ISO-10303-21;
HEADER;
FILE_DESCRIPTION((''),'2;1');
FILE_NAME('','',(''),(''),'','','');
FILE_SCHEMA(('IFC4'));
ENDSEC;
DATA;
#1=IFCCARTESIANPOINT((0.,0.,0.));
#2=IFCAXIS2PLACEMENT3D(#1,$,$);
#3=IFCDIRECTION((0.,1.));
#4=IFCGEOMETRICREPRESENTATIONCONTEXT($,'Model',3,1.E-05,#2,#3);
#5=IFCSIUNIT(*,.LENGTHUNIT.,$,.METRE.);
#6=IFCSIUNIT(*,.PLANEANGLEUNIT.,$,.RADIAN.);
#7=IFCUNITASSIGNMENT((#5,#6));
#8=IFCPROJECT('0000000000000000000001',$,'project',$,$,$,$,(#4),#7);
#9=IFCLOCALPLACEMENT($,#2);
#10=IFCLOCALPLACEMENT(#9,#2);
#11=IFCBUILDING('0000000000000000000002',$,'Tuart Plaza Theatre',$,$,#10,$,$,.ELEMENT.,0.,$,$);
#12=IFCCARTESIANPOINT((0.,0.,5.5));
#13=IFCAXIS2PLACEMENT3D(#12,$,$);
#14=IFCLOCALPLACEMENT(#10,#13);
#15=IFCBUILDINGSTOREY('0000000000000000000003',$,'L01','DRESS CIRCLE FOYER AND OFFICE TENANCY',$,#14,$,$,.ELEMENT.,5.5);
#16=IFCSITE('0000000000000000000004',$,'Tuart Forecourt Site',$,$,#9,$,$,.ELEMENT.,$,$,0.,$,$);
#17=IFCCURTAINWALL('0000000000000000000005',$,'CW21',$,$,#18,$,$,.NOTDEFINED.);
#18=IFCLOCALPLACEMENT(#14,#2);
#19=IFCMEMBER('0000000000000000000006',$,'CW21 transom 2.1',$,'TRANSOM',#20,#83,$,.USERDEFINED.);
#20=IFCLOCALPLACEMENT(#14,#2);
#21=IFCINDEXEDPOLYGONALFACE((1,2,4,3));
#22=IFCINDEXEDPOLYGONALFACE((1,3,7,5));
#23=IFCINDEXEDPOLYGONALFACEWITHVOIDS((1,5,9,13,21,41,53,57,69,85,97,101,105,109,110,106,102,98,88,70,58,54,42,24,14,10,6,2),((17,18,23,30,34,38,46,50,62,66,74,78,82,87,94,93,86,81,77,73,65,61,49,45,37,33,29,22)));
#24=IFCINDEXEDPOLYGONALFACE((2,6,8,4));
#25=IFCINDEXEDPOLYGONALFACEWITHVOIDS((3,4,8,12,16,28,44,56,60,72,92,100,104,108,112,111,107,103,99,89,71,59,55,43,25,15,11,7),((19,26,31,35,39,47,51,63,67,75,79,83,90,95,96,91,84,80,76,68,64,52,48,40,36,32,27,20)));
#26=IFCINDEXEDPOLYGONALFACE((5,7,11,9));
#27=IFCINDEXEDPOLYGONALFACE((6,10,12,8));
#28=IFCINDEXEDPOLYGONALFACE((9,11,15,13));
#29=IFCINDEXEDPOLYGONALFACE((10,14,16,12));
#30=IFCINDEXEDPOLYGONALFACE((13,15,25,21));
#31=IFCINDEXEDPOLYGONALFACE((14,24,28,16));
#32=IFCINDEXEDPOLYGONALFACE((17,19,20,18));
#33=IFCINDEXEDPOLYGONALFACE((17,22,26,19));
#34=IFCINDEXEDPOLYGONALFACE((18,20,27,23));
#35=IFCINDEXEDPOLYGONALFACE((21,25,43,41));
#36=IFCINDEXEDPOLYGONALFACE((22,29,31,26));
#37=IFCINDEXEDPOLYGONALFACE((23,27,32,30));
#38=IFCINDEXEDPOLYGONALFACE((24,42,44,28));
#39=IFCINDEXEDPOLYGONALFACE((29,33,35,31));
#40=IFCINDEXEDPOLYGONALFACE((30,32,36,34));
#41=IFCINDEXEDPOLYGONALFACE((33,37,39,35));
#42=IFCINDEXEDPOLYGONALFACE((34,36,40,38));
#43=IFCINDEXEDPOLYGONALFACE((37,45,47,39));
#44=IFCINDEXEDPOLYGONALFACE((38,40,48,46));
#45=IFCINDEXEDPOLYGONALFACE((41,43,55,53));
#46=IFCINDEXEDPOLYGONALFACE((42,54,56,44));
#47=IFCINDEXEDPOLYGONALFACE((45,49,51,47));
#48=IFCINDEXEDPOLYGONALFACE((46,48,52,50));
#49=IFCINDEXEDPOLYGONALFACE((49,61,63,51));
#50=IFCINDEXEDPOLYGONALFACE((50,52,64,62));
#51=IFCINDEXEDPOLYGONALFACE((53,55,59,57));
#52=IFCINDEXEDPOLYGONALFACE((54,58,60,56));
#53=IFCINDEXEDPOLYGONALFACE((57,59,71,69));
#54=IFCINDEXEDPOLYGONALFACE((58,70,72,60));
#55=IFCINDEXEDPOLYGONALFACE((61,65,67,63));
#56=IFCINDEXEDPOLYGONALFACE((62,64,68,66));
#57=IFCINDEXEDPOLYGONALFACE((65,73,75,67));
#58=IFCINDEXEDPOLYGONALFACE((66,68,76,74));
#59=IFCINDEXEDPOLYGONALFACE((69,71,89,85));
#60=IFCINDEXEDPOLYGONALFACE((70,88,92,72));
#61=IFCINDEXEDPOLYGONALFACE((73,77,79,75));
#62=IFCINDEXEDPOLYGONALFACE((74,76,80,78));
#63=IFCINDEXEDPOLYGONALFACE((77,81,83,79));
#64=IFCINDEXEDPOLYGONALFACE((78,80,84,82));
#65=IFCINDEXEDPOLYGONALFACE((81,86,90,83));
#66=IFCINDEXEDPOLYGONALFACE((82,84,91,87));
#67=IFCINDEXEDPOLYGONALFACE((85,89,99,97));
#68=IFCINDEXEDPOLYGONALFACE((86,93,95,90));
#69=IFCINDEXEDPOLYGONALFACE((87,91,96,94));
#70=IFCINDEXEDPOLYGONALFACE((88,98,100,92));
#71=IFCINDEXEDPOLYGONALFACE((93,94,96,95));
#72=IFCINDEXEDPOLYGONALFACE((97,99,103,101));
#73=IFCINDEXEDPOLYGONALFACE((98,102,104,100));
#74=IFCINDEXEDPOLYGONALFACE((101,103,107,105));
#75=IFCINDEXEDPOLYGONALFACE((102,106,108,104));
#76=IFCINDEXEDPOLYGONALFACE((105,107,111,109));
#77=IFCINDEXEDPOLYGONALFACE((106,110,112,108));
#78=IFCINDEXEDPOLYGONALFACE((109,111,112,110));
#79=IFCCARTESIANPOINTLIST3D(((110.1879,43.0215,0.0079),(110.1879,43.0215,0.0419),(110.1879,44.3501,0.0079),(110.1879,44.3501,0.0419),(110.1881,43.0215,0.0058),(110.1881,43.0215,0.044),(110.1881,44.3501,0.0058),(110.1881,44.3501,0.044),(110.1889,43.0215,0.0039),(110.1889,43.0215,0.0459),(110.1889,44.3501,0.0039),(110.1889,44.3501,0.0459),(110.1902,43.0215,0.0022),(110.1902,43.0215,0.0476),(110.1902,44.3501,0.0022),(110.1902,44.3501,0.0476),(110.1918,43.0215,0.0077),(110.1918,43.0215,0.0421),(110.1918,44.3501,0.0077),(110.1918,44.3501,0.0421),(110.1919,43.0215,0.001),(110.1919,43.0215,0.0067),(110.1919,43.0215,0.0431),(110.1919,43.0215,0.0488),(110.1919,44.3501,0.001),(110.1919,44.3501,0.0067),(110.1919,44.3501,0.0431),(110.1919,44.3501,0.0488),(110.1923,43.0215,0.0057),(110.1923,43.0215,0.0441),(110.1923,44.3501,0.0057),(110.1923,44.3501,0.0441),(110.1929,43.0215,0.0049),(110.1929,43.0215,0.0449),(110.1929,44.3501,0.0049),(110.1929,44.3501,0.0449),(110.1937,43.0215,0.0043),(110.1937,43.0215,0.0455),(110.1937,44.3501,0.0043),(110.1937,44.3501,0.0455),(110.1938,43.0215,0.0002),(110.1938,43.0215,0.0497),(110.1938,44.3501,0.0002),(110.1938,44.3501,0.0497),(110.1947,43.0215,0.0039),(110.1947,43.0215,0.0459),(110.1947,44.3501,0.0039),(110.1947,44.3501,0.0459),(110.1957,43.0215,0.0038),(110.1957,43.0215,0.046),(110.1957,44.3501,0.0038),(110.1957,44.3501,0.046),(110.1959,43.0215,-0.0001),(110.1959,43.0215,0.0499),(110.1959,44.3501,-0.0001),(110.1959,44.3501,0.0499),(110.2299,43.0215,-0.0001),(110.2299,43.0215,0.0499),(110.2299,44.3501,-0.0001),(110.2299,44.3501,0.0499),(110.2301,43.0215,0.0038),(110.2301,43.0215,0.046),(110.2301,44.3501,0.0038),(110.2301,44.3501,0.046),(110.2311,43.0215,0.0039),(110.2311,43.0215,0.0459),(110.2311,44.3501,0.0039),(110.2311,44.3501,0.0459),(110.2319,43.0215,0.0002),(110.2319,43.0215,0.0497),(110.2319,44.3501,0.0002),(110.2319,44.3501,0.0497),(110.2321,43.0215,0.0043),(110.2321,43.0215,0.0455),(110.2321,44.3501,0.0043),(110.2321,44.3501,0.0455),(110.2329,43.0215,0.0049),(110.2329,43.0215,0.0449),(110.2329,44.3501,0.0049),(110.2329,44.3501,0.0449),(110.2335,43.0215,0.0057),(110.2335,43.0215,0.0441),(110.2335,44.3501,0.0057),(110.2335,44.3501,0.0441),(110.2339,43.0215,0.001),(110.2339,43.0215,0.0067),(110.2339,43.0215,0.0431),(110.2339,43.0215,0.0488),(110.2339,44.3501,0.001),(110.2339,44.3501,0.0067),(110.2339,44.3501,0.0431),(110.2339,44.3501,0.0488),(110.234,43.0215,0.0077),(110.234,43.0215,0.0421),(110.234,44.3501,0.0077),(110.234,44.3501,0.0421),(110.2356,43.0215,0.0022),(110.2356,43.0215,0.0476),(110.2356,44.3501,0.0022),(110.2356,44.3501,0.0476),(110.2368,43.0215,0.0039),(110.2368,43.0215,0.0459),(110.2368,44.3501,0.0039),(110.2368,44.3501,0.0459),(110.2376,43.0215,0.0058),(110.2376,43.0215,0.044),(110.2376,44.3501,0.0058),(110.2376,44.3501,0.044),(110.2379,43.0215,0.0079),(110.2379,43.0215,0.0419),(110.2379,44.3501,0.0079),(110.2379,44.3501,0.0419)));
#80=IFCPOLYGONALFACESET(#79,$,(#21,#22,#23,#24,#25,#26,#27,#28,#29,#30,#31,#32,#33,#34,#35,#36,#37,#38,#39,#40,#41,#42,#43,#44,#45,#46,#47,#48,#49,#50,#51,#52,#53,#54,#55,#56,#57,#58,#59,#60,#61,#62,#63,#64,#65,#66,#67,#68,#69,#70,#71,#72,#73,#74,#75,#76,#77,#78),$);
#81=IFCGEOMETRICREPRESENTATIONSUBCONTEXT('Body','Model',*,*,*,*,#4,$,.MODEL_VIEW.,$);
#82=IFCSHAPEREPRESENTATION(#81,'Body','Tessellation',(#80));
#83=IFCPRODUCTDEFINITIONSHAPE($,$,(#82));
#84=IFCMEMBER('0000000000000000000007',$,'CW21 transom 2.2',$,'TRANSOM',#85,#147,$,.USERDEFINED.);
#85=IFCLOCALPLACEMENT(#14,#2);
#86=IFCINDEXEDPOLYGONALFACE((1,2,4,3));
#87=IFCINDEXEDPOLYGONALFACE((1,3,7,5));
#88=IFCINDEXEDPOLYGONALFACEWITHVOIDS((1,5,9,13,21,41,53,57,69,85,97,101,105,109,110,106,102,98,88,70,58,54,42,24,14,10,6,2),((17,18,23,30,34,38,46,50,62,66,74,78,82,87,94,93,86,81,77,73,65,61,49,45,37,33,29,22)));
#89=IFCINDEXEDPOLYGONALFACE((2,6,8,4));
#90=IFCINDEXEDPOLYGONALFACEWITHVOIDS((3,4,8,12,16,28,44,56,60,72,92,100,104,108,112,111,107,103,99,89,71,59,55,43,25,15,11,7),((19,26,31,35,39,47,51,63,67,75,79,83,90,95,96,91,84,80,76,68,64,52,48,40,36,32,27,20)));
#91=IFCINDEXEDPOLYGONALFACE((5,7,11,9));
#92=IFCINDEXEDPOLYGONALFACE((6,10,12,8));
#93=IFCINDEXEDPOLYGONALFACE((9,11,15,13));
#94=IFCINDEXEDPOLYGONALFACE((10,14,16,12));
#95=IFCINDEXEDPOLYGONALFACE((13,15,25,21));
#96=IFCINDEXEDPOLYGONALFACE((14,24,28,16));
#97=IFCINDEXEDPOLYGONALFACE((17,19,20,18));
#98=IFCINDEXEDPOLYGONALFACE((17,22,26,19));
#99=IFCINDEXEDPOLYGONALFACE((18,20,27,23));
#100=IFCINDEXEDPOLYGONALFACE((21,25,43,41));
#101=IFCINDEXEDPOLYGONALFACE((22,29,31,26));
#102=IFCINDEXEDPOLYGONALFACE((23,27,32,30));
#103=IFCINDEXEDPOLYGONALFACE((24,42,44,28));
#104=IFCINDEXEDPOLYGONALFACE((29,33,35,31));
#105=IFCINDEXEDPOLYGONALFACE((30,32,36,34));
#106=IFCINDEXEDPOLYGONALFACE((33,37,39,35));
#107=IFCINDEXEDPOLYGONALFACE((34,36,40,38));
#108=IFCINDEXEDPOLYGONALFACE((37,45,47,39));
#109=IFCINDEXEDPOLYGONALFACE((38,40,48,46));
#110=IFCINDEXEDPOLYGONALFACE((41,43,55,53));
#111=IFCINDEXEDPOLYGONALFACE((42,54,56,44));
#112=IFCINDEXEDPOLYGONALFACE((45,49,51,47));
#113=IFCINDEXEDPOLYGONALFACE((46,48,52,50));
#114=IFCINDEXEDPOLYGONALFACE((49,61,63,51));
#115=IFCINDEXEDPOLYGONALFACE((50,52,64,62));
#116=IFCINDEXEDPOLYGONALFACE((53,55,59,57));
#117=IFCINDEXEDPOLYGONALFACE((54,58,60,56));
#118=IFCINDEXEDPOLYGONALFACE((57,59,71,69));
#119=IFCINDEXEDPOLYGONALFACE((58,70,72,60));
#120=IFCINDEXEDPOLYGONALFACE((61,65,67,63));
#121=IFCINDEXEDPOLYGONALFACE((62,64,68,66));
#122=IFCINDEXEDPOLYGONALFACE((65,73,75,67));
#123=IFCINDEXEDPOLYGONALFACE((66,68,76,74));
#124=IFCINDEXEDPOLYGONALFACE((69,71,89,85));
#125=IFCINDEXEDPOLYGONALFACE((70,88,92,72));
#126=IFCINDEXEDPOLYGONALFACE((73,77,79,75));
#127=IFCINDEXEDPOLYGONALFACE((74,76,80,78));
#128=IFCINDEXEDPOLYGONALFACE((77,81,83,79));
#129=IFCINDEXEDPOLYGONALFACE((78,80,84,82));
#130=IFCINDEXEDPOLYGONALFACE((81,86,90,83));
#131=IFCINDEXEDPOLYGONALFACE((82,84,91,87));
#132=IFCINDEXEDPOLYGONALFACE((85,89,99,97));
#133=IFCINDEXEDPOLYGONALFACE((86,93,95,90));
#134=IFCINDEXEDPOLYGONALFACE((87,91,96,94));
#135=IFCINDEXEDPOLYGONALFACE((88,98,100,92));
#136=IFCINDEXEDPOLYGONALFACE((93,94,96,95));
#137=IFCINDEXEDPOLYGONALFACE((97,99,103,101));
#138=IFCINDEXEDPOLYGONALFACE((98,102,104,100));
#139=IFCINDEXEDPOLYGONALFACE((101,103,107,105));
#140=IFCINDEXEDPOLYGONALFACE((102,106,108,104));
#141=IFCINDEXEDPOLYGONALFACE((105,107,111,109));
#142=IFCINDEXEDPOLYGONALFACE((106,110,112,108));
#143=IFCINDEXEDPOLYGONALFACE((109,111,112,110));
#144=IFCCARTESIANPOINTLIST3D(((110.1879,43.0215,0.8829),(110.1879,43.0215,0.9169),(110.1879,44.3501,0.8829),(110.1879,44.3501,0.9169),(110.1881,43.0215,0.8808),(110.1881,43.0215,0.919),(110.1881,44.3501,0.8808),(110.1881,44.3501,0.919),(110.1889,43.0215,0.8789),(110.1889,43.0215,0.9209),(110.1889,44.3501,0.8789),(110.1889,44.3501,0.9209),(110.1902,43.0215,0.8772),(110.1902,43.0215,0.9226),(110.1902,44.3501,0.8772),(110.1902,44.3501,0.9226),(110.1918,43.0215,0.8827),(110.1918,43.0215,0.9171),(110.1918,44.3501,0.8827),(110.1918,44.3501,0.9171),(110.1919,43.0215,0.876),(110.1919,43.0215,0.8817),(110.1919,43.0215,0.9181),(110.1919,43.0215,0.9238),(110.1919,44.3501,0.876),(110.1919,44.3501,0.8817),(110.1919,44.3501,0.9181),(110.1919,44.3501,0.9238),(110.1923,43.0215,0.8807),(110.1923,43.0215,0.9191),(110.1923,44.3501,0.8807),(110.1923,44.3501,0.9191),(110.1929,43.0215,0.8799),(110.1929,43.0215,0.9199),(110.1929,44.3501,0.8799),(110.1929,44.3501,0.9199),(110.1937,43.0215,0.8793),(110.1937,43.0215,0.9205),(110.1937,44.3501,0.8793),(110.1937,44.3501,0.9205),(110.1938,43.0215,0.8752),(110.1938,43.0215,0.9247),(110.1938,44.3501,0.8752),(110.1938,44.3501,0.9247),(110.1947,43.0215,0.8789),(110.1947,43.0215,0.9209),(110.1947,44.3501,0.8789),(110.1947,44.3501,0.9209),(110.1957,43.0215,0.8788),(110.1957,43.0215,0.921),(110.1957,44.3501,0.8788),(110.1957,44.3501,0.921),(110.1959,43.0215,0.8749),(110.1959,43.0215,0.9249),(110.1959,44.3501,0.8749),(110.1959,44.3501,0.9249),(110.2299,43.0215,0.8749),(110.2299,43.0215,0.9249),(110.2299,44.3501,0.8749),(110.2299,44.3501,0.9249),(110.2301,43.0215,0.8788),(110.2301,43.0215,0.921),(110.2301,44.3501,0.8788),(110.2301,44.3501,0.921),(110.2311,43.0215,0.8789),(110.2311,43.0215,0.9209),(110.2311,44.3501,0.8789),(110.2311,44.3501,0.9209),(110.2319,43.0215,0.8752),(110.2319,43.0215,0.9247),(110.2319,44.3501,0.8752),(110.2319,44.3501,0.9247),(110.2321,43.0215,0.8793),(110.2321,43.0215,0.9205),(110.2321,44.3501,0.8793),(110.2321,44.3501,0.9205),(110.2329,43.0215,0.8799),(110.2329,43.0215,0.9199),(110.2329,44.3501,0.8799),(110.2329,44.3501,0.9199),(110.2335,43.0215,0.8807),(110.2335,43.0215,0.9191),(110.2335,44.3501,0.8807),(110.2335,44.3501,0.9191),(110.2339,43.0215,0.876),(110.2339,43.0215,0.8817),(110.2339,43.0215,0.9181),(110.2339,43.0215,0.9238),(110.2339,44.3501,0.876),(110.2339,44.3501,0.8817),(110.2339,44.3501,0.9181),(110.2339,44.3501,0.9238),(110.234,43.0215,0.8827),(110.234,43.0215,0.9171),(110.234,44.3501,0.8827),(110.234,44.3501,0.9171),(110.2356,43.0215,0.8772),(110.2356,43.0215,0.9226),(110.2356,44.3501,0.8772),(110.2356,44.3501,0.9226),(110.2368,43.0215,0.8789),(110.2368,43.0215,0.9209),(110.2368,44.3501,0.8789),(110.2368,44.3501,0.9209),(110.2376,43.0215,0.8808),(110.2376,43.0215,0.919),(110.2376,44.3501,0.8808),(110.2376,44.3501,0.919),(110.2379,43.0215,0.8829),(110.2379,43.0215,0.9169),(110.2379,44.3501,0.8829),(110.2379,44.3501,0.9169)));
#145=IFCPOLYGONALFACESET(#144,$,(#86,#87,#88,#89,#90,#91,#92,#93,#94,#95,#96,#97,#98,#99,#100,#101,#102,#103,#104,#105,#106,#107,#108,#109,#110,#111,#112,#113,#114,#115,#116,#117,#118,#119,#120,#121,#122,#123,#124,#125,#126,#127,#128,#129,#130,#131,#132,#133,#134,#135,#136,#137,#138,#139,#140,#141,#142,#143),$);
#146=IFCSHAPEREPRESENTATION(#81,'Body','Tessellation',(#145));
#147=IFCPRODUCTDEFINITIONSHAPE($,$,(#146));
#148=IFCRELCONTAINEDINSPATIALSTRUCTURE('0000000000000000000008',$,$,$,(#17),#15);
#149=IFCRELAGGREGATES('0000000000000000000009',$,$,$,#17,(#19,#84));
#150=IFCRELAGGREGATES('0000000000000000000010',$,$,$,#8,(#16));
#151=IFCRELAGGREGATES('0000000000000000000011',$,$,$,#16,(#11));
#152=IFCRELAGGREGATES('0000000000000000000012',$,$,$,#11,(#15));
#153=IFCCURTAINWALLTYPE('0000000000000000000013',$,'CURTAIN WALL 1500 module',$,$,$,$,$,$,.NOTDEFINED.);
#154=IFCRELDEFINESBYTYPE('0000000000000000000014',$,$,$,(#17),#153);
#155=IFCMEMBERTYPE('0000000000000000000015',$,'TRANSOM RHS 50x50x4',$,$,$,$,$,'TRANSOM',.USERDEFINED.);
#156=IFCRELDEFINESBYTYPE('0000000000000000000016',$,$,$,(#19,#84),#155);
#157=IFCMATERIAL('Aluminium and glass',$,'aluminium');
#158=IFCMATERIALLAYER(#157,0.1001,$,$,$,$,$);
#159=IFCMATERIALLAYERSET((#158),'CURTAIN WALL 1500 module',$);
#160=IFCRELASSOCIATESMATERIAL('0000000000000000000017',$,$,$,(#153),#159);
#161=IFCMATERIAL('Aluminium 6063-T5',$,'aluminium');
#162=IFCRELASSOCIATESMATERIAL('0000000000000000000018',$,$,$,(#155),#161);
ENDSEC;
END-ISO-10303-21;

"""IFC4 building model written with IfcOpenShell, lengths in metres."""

from ifc_helpers import new_model, si_unit, direction, frame, origin, origin_2d, place, context, subcontext, project, spatial, hollow_rectangle, extrude, material, layer, layer_set, material_profile, profile_set, type_object, element, aggregate, save


model = new_model("IFC4")

# Units and contexts
model_context = context("Model", 3, precision=1e-05, world=origin(), true_north=direction((0.0, 1.0)))
body_context = subcontext(model_context, "Body", "Model", "MODEL_VIEW")
ifc_project = project(units=[si_unit("LENGTHUNIT", "METRE"), si_unit("PLANEANGLEUNIT", "RADIAN")], contexts=[model_context])

# Site, building, storey
site_placement = place(None, origin())
site = spatial("IfcSite", under=ifc_project, at=site_placement, Name="Tuart Forecourt Site", CompositionType="ELEMENT", RefElevation=0.0)
building_placement = place(site_placement, origin())
building = spatial("IfcBuilding", under=site, at=building_placement, Name="Tuart Plaza Theatre", CompositionType="ELEMENT", ElevationOfRefHeight=0.0)
storey_placement = place(building_placement, frame((0.0, 0.0, 5.5)))
storey = spatial("IfcBuildingStorey", under=building, at=storey_placement, Name="L01", Description="DRESS CIRCLE FOYER AND OFFICE TENANCY", CompositionType="ELEMENT", Elevation=5.5)

# Curtain wall, members
ifc_material_1 = material(Name="Aluminium and glass", Category="aluminium")
ifc_layer_1 = layer(ifc_material_1, 0.1001)
ifc_layer_set_1 = layer_set([ifc_layer_1], Name="CURTAIN WALL 1500 module")
curtain_wall_type = type_object("IfcCurtainWallType", Name="CURTAIN WALL 1500 module", PredefinedType="NOTDEFINED", material=ifc_layer_set_1)
curtain_wall_placement = place(storey_placement, origin())
curtain_wall = element("IfcCurtainWall", 1, at=curtain_wall_placement, inside=storey, type_object=curtain_wall_type, Name="CW21", PredefinedType="NOTDEFINED")
ifc_material_2 = material(Name="Aluminium 6063-T5", Category="aluminium")
ifc_material_profile_1 = material_profile(ifc_material_2, hollow_rectangle(XDim=0.05, YDim=0.05, WallThickness=0.0039, InnerFilletRadius=0.0039, OuterFilletRadius=0.0081, at=origin_2d()), Name="RHS 50x50x4")
ifc_profile_set_1 = profile_set([ifc_material_profile_1], Name="Aluminium 6063-T5")
member_type_1 = type_object("IfcMemberType", Name="TRANSOM RHS 50x50x4", ElementType="TRANSOM", PredefinedType="USERDEFINED", material=ifc_profile_set_1)
member_1_placement = place(storey_placement, frame((110.2129, 43.0215, 0.0249), z_axis=(0.0, 1.0, 0.0), x_axis=(-1.0, 0.0, 0.0)))
member_1 = element("IfcMember", 2, at=member_1_placement, type_object=member_type_1, Name="CW21 transom 2.1", ObjectType="TRANSOM", PredefinedType="USERDEFINED", context=body_context, shape_type="SweptSolid", body=[
    extrude(hollow_rectangle(XDim=0.05, YDim=0.05, WallThickness=0.0039, InnerFilletRadius=0.0039, OuterFilletRadius=0.0081, at=origin_2d()), origin(), (0.0, 0.0, 1.0), 1.3286),
])
member_2_placement = place(storey_placement, frame((110.2129, 43.0215, 0.8999), z_axis=(0.0, 1.0, 0.0), x_axis=(-1.0, 0.0, 0.0)))
member_2 = element("IfcMember", 3, at=member_2_placement, type_object=member_type_1, Name="CW21 transom 2.2", ObjectType="TRANSOM", PredefinedType="USERDEFINED", context=body_context, shape_type="SweptSolid", body=[
    extrude(hollow_rectangle(XDim=0.05, YDim=0.05, WallThickness=0.0039, InnerFilletRadius=0.0039, OuterFilletRadius=0.0081, at=origin_2d()), origin(), (0.0, 0.0, 1.0), 1.3286),
])
aggregate(curtain_wall, [member_1, member_2])

save(model, "model.ifc")
